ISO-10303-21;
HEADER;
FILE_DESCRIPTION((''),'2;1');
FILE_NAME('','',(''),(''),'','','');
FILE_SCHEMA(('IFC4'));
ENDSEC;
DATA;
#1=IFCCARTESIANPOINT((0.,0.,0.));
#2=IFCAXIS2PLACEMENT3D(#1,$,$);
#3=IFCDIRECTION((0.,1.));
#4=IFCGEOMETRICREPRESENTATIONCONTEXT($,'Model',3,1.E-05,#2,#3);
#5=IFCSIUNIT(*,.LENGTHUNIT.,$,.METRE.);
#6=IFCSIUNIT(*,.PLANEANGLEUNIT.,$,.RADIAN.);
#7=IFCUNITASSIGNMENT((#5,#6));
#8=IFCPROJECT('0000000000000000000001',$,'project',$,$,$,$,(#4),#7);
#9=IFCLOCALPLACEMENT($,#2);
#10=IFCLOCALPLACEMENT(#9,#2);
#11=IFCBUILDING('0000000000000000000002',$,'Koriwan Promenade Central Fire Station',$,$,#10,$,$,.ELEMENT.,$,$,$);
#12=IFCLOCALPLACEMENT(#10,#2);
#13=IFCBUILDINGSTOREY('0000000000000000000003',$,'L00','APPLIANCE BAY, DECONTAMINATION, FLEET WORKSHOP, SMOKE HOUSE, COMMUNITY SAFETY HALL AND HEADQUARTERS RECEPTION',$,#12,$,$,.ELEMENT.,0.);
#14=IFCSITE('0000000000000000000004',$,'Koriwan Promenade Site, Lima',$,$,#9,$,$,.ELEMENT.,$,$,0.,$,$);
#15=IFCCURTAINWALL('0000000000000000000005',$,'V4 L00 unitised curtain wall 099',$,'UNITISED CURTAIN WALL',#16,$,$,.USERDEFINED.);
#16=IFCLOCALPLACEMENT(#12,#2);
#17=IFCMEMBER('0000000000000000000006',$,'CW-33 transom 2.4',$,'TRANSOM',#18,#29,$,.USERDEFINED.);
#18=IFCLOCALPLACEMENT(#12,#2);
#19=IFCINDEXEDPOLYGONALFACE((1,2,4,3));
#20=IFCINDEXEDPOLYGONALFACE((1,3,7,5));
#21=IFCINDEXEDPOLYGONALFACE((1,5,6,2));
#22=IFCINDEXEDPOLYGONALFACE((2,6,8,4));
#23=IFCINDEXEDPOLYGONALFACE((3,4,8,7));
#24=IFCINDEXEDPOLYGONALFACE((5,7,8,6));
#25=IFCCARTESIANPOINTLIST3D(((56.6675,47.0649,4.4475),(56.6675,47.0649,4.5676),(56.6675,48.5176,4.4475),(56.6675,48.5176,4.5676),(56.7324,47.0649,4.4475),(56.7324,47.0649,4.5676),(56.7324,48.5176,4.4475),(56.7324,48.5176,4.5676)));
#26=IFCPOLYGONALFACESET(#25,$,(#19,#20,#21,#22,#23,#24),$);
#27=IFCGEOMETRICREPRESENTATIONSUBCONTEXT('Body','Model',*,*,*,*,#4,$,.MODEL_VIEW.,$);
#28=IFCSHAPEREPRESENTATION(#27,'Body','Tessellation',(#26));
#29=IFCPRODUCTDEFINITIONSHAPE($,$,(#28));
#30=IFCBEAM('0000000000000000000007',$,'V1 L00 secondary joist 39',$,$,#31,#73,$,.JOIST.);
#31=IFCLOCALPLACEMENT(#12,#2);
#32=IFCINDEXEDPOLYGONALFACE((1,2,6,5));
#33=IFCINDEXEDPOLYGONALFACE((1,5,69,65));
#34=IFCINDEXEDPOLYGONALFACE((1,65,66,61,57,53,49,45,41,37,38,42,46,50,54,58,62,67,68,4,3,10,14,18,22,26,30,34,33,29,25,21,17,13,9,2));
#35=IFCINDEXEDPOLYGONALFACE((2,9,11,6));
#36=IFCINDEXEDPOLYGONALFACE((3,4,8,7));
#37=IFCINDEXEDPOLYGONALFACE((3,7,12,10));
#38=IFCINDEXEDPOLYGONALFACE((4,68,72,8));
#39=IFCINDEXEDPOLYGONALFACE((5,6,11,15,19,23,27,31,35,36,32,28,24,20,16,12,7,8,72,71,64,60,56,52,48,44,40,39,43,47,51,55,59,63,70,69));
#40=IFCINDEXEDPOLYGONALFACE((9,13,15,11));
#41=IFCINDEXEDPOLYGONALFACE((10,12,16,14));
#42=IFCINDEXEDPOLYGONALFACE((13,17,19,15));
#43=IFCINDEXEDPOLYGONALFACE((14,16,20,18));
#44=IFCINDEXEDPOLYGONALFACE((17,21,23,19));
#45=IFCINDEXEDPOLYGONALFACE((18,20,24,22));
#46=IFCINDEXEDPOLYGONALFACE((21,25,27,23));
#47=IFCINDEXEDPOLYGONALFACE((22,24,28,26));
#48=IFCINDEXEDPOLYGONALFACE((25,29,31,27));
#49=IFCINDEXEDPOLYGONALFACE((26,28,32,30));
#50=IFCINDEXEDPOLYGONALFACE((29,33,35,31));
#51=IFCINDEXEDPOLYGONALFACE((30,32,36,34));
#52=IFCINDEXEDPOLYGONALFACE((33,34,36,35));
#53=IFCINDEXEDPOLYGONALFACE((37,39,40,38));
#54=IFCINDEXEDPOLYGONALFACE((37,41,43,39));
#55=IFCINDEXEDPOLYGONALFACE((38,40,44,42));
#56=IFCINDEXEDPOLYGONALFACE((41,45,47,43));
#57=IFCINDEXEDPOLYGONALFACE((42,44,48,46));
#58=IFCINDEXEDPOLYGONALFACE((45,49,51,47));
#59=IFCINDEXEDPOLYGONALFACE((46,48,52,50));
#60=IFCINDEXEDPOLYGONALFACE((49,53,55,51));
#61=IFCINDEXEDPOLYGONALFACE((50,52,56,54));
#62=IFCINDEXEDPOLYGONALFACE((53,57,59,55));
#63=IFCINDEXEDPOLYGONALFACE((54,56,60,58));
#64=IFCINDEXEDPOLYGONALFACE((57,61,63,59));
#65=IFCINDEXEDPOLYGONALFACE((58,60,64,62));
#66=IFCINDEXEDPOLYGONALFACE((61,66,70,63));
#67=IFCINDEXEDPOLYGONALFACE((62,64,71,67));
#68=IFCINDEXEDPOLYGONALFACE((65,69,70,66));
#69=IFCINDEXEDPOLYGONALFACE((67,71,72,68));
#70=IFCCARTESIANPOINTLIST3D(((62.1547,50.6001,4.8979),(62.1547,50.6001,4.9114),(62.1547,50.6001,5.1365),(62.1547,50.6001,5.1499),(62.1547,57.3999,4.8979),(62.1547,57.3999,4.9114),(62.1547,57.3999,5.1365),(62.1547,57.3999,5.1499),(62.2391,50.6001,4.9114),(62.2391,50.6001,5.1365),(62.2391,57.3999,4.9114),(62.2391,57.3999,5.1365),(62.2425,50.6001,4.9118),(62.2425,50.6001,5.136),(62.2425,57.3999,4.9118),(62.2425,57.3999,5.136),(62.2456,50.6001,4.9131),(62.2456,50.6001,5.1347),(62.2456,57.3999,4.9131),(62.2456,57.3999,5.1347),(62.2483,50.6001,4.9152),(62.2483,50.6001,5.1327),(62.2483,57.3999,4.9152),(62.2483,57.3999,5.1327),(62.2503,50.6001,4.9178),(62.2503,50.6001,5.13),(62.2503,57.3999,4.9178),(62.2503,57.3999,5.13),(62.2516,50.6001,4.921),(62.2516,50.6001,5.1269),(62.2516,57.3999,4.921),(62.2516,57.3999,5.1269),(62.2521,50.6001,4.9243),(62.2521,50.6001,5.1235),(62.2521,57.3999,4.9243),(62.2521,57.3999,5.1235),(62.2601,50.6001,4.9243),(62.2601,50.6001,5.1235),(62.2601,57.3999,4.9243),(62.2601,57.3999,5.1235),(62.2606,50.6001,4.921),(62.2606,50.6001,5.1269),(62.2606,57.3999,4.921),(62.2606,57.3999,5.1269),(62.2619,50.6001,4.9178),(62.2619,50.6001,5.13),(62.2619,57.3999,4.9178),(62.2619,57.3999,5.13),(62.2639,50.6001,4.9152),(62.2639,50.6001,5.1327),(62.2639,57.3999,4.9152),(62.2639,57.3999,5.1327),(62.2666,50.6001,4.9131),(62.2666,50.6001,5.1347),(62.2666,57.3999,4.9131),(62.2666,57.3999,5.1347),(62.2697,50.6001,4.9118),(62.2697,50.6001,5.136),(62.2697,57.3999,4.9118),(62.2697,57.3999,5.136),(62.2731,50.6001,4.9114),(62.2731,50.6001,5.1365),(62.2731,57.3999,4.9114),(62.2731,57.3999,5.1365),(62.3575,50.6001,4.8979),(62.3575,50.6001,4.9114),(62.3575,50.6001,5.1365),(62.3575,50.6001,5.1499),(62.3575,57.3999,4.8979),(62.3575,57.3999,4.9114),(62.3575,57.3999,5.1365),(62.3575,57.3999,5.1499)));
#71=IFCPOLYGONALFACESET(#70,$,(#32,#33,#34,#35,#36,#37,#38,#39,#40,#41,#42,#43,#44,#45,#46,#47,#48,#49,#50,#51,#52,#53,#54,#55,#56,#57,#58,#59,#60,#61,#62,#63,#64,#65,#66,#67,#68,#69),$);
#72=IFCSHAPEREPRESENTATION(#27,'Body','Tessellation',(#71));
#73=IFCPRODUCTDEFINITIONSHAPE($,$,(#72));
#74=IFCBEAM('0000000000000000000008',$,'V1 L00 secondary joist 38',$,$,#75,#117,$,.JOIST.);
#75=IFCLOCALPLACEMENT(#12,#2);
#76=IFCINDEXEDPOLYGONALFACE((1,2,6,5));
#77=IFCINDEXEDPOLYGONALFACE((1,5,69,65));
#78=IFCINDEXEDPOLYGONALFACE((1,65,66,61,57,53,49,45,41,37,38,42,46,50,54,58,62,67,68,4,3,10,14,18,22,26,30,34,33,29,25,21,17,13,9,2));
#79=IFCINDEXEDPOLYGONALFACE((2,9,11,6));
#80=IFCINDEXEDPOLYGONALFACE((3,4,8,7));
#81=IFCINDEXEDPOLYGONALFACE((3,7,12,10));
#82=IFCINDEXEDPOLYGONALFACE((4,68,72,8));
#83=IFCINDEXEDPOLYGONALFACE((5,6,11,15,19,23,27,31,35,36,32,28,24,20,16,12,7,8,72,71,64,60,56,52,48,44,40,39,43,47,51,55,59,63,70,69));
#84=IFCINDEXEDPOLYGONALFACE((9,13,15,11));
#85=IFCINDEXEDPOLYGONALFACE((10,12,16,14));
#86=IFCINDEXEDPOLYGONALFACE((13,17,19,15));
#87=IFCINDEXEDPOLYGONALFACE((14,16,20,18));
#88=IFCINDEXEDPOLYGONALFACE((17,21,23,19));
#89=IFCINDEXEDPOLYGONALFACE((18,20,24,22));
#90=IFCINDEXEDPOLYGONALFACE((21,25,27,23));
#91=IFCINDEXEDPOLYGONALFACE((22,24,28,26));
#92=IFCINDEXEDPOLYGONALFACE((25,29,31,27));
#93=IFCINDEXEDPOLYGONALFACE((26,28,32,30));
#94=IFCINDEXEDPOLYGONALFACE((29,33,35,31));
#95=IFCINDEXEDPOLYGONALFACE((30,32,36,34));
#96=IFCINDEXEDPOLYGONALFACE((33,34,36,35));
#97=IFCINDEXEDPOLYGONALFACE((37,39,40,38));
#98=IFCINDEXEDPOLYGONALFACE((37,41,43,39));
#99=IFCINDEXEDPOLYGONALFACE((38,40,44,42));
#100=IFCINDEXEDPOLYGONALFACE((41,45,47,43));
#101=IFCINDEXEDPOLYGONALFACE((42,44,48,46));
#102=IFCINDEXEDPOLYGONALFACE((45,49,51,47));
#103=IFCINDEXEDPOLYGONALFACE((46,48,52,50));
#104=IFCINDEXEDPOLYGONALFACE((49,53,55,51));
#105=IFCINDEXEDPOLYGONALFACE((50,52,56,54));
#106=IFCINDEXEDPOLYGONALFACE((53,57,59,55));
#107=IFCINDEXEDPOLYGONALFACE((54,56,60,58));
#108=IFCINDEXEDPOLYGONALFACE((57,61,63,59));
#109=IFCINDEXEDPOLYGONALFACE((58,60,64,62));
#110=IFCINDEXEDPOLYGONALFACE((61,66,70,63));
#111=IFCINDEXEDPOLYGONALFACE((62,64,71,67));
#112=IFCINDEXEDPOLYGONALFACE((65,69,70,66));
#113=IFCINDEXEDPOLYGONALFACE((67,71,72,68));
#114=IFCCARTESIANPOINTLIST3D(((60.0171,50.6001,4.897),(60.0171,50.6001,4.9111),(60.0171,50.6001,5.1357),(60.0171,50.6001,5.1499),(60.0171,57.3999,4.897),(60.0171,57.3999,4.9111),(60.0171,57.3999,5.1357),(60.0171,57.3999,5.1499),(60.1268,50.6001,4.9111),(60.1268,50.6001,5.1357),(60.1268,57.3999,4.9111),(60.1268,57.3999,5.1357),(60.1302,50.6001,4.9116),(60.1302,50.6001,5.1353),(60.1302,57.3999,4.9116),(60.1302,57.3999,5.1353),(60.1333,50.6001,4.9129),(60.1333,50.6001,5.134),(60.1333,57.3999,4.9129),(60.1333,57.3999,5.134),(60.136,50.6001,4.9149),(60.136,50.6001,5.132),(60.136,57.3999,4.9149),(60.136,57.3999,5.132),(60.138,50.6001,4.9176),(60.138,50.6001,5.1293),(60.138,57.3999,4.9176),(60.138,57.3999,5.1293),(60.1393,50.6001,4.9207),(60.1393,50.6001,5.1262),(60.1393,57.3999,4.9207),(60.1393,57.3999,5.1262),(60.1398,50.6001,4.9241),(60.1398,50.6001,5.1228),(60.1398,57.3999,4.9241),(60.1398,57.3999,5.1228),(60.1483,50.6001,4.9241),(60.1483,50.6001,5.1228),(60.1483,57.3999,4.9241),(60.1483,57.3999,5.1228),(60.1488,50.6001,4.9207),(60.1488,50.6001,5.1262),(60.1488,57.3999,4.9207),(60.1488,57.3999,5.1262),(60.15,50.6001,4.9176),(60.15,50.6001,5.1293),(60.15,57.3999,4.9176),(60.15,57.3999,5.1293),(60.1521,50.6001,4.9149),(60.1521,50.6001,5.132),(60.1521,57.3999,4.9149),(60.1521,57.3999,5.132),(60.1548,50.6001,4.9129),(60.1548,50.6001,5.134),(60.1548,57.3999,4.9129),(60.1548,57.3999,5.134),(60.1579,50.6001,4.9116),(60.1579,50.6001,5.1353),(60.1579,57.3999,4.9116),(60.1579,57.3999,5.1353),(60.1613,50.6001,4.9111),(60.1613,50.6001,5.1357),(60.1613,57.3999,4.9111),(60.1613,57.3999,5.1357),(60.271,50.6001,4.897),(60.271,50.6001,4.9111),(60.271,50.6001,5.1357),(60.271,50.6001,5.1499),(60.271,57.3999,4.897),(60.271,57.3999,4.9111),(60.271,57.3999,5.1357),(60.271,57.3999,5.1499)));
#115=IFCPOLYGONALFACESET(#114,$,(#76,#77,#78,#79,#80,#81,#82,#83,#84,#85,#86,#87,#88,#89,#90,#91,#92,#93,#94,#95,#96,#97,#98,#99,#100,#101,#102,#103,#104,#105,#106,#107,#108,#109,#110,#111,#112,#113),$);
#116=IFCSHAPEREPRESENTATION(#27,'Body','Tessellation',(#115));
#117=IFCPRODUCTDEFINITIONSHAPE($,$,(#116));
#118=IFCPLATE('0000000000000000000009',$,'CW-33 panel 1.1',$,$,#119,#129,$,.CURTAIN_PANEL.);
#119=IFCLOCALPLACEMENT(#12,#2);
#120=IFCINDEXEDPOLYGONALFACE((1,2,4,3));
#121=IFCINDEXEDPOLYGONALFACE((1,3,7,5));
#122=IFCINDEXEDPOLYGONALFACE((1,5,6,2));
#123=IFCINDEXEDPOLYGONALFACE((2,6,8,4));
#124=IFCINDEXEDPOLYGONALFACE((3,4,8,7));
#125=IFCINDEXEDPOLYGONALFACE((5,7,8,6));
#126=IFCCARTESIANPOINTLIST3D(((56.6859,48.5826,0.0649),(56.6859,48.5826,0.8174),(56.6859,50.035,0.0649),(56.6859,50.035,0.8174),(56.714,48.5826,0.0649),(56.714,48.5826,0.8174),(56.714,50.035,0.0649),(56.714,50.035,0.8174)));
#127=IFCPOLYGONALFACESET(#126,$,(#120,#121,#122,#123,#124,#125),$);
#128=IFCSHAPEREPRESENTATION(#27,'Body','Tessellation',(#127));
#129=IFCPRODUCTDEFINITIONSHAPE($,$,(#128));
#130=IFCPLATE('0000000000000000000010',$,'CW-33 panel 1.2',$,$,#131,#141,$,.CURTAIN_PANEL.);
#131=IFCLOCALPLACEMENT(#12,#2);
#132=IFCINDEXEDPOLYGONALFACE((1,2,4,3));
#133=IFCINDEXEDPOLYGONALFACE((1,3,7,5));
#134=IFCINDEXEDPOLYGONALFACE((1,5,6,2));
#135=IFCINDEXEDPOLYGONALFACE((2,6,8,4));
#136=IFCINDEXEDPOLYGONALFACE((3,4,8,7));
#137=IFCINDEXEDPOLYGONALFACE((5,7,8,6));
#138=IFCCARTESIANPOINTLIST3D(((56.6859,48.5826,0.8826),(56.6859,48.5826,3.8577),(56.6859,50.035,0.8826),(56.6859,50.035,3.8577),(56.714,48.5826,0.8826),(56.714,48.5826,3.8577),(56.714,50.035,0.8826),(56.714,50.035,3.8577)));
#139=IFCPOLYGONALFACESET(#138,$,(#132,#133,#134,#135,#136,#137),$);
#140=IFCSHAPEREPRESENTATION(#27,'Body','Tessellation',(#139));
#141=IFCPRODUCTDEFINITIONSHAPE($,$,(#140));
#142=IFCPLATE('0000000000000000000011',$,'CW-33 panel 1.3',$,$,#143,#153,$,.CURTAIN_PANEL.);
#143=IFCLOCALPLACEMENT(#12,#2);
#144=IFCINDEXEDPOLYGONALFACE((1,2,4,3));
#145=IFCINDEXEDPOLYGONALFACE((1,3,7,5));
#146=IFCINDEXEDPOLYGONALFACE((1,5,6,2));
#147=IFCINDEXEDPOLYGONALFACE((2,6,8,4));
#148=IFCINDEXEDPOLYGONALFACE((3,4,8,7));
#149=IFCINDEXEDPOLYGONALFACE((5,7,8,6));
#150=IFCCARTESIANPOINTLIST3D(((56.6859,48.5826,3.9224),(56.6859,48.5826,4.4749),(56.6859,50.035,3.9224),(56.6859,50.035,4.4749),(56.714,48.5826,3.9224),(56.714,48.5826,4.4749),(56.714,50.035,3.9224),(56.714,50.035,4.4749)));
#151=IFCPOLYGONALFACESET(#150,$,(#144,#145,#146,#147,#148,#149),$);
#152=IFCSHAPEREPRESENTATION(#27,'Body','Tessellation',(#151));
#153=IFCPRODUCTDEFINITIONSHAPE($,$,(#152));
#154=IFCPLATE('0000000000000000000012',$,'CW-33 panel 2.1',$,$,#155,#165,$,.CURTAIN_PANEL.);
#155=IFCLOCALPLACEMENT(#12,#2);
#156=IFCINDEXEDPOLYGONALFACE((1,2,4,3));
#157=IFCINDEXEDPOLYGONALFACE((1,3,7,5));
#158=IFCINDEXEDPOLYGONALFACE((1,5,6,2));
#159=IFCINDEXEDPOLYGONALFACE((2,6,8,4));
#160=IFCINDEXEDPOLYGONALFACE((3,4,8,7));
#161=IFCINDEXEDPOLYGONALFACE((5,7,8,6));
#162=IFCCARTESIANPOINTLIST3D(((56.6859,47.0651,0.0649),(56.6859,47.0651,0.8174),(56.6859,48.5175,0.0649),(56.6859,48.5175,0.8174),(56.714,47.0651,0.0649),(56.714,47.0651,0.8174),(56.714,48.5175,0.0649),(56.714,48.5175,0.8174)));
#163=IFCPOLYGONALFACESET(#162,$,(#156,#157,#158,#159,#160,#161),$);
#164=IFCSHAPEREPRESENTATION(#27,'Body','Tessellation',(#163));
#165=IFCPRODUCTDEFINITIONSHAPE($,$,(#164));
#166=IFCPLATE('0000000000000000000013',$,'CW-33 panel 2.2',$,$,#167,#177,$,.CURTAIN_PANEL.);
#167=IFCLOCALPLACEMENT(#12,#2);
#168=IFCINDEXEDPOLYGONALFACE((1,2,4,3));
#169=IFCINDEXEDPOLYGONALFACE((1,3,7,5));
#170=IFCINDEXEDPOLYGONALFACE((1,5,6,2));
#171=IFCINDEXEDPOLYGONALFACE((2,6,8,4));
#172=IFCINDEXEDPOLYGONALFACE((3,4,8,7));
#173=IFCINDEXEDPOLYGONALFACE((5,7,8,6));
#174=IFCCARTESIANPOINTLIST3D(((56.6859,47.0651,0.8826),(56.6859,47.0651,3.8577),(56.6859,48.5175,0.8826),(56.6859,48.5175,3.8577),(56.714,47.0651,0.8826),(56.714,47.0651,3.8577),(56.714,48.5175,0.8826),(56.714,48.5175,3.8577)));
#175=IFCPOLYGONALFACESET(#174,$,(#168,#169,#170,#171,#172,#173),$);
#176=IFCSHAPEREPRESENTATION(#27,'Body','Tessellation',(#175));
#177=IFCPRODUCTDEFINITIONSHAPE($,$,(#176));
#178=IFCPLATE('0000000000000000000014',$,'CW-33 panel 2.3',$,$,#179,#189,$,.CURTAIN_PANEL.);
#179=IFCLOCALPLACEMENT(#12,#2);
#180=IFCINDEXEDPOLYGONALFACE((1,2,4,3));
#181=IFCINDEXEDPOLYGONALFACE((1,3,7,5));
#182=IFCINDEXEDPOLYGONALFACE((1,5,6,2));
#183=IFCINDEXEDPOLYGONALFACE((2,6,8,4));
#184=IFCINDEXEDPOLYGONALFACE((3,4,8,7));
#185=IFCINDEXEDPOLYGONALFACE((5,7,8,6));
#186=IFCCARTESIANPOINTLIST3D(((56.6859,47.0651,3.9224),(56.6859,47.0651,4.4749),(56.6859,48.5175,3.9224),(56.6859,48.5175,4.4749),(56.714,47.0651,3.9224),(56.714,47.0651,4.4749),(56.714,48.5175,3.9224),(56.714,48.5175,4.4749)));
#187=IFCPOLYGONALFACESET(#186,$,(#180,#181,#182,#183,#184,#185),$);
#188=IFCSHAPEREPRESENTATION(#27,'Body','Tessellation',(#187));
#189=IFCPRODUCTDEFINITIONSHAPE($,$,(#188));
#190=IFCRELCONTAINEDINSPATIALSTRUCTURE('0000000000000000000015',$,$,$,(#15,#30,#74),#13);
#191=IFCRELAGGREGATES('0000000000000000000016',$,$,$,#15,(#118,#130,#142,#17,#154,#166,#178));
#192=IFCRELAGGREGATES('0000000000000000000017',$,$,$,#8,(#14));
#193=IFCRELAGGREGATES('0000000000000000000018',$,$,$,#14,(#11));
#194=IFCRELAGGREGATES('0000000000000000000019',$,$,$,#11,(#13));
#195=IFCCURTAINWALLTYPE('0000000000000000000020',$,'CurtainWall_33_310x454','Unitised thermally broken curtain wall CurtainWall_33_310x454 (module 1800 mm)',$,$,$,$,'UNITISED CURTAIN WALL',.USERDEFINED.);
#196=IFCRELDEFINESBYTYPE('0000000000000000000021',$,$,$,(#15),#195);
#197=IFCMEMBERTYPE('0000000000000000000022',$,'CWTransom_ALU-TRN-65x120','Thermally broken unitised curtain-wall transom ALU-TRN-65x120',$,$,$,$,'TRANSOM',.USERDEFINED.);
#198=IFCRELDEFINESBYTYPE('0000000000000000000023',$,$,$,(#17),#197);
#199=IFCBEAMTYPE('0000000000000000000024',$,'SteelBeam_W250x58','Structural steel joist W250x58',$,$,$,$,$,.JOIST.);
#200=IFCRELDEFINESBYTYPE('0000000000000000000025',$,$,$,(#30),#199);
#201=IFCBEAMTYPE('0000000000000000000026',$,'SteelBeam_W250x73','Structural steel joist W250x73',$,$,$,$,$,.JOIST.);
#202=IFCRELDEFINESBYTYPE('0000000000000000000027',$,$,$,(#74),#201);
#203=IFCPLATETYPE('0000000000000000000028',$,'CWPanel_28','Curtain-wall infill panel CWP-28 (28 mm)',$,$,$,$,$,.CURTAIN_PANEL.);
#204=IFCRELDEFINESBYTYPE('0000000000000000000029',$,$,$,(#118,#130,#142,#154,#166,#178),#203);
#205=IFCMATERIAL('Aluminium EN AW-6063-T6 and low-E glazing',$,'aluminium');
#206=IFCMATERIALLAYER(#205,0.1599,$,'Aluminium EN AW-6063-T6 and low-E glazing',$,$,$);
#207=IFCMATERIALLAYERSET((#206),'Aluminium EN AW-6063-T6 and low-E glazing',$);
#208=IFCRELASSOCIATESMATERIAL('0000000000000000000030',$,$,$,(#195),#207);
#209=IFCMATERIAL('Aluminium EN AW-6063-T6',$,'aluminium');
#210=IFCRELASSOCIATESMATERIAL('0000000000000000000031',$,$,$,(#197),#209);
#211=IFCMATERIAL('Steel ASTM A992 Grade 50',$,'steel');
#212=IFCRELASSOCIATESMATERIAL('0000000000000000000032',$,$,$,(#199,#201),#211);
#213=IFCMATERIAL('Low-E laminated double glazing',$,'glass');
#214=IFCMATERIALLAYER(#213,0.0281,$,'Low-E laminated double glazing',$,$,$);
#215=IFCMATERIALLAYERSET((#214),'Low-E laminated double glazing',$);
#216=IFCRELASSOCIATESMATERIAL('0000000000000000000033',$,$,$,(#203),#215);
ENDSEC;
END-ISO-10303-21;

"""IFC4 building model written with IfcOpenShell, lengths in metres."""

from ifc_helpers import new_model, si_unit, direction, frame, origin, origin_2d, place, context, subcontext, project, spatial, rectangle, i_section, extrude, material, layer, layer_set, material_profile, profile_set, type_object, element, aggregate, save


model = new_model("IFC4")

# Units and contexts
model_context = context("Model", 3, precision=1e-05, world=origin(), true_north=direction((0.0, 1.0)))
body_context = subcontext(model_context, "Body", "Model", "MODEL_VIEW")
ifc_project = project(units=[si_unit("LENGTHUNIT", "METRE"), si_unit("PLANEANGLEUNIT", "RADIAN")], contexts=[model_context])

# Site, building, storey
site_placement = place(None, origin())
site = spatial("IfcSite", under=ifc_project, at=site_placement, Name="Koriwan Promenade Site, Lima", CompositionType="ELEMENT", RefElevation=0.0)
building_placement = place(site_placement, origin())
building = spatial("IfcBuilding", under=site, at=building_placement, Name="Koriwan Promenade Central Fire Station", CompositionType="ELEMENT")
storey_placement = place(building_placement, origin())
storey = spatial("IfcBuildingStorey", under=building, at=storey_placement, Name="L00", Description="APPLIANCE BAY, DECONTAMINATION, FLEET WORKSHOP, SMOKE HOUSE, COMMUNITY SAFETY HALL AND HEADQUARTERS RECEPTION", CompositionType="ELEMENT", Elevation=0.0)

# Curtain wall, member
ifc_material_1 = material(Name="Aluminium EN AW-6063-T6 and low-E glazing", Category="aluminium")
ifc_layer_1 = layer(ifc_material_1, 0.1599, Name="Aluminium EN AW-6063-T6 and low-E glazing")
ifc_layer_set_1 = layer_set([ifc_layer_1], Name="Aluminium EN AW-6063-T6 and low-E glazing")
curtain_wall_type = type_object("IfcCurtainWallType", Name="CurtainWall_33_310x454", Description="Unitised thermally broken curtain wall CurtainWall_33_310x454 (module 1800 mm)", ElementType="UNITISED CURTAIN WALL", PredefinedType="USERDEFINED", material=ifc_layer_set_1)
curtain_wall_placement = place(storey_placement, origin())
curtain_wall = element("IfcCurtainWall", 1, at=curtain_wall_placement, inside=storey, type_object=curtain_wall_type, Name="V4 L00 unitised curtain wall 099", ObjectType="UNITISED CURTAIN WALL", PredefinedType="USERDEFINED")
ifc_material_2 = material(Name="Aluminium EN AW-6063-T6", Category="aluminium")
ifc_material_profile_1 = material_profile(ifc_material_2, rectangle(XDim=0.0649, YDim=0.1201, at=origin_2d()), Name="ALU-TRN-65x120")
ifc_profile_set_1 = profile_set([ifc_material_profile_1], Name="Aluminium EN AW-6063-T6")
member_type_1 = type_object("IfcMemberType", Name="CWTransom_ALU-TRN-65x120", Description="Thermally broken unitised curtain-wall transom ALU-TRN-65x120", ElementType="TRANSOM", PredefinedType="USERDEFINED", material=ifc_profile_set_1)
member_1_placement = place(storey_placement, frame((56.7, 48.5176, 4.5076), z_axis=(0.0, -1.0, 0.0), x_axis=(1.0, 0.0, 0.0)))
member_1 = element("IfcMember", 2, at=member_1_placement, type_object=member_type_1, Name="CW-33 transom 2.4", ObjectType="TRANSOM", PredefinedType="USERDEFINED", context=body_context, shape_type="SweptSolid", body=[
    extrude(rectangle(XDim=0.0649, YDim=0.1201, at=origin_2d()), origin(), (0.0, 0.0, 1.0), 1.4526),
])

# Beams
ifc_material_3 = material(Name="Steel ASTM A992 Grade 50", Category="steel")
ifc_material_profile_2 = material_profile(ifc_material_3, i_section(OverallWidth=0.2029, OverallDepth=0.252, WebThickness=0.0081, FlangeThickness=0.0134, FilletRadius=0.0129, at=origin_2d()), Name="W250x58")
ifc_profile_set_2 = profile_set([ifc_material_profile_2], Name="Steel ASTM A992 Grade 50")
beam_type_1 = type_object("IfcBeamType", Name="SteelBeam_W250x58", Description="Structural steel joist W250x58", PredefinedType="JOIST", material=ifc_profile_set_2)
beam_1_placement = place(storey_placement, frame((62.2561, 50.6001, 5.0239), z_axis=(0.0, 1.0, 0.0), x_axis=(-1.0, 0.0, 0.0)))
element("IfcBeam", 3, at=beam_1_placement, inside=storey, type_object=beam_type_1, Name="V1 L00 secondary joist 39", PredefinedType="JOIST", context=body_context, shape_type="SweptSolid", body=[
    extrude(i_section(OverallWidth=0.2029, OverallDepth=0.252, WebThickness=0.0081, FlangeThickness=0.0134, FilletRadius=0.0129, at=origin_2d()), origin(), (0.0, 0.0, 1.0), 6.7998),
])
ifc_material_profile_3 = material_profile(ifc_material_3, i_section(OverallWidth=0.2539, OverallDepth=0.2529, WebThickness=0.0085, FlangeThickness=0.0142, FilletRadius=0.0129, at=origin_2d()), Name="W250x73")
ifc_profile_set_3 = profile_set([ifc_material_profile_3], Name="Steel ASTM A992 Grade 50")
beam_type_2 = type_object("IfcBeamType", Name="SteelBeam_W250x73", Description="Structural steel joist W250x73", PredefinedType="JOIST", material=ifc_profile_set_3)
beam_2_placement = place(storey_placement, frame((60.144, 50.6001, 5.0234), z_axis=(0.0, 1.0, 0.0), x_axis=(-1.0, 0.0, 0.0)))
element("IfcBeam", 4, at=beam_2_placement, inside=storey, type_object=beam_type_2, Name="V1 L00 secondary joist 38", PredefinedType="JOIST", context=body_context, shape_type="SweptSolid", body=[
    extrude(i_section(OverallWidth=0.2539, OverallDepth=0.2529, WebThickness=0.0085, FlangeThickness=0.0142, FilletRadius=0.0129, at=origin_2d()), origin(), (0.0, 0.0, 1.0), 6.7998),
])

# Plates
ifc_material_4 = material(Name="Low-E laminated double glazing", Category="glass")
ifc_layer_2 = layer(ifc_material_4, 0.0281, Name="Low-E laminated double glazing")
ifc_layer_set_2 = layer_set([ifc_layer_2], Name="Low-E laminated double glazing")
plate_type = type_object("IfcPlateType", Name="CWPanel_28", Description="Curtain-wall infill panel CWP-28 (28 mm)", PredefinedType="CURTAIN_PANEL", material=ifc_layer_set_2)
plate_1_placement = place(storey_placement, frame((56.7, 49.3088, 0.0649), z_axis=(0.0, 0.0, 1.0), x_axis=(0.0, -1.0, 0.0)))
plate_1 = element("IfcPlate", 5, at=plate_1_placement, type_object=plate_type, Name="CW-33 panel 1.1", PredefinedType="CURTAIN_PANEL", context=body_context, shape_type="SweptSolid", body=[
    extrude(rectangle(XDim=1.4524, YDim=0.0281, at=origin_2d()), origin(), (0.0, 0.0, 1.0), 0.7524),
])
plate_2_placement = place(storey_placement, frame((56.7, 49.3088, 0.8826), z_axis=(0.0, 0.0, 1.0), x_axis=(0.0, -1.0, 0.0)))
plate_2 = element("IfcPlate", 6, at=plate_2_placement, type_object=plate_type, Name="CW-33 panel 1.2", PredefinedType="CURTAIN_PANEL", context=body_context, shape_type="SweptSolid", body=[
    extrude(rectangle(XDim=1.4524, YDim=0.0281, at=origin_2d()), origin(), (0.0, 0.0, 1.0), 2.9751),
])
plate_3_placement = place(storey_placement, frame((56.7, 49.3088, 3.9224), z_axis=(0.0, 0.0, 1.0), x_axis=(0.0, -1.0, 0.0)))
plate_3 = element("IfcPlate", 7, at=plate_3_placement, type_object=plate_type, Name="CW-33 panel 1.3", PredefinedType="CURTAIN_PANEL", context=body_context, shape_type="SweptSolid", body=[
    extrude(rectangle(XDim=1.4524, YDim=0.0281, at=origin_2d()), origin(), (0.0, 0.0, 1.0), 0.5525),
])
plate_4_placement = place(storey_placement, frame((56.7, 47.7913, 0.0649), z_axis=(0.0, 0.0, 1.0), x_axis=(0.0, -1.0, 0.0)))
plate_4 = element("IfcPlate", 8, at=plate_4_placement, type_object=plate_type, Name="CW-33 panel 2.1", PredefinedType="CURTAIN_PANEL", context=body_context, shape_type="SweptSolid", body=[
    extrude(rectangle(XDim=1.4524, YDim=0.0281, at=origin_2d()), origin(), (0.0, 0.0, 1.0), 0.7524),
])
plate_5_placement = place(storey_placement, frame((56.7, 47.7913, 0.8826), z_axis=(0.0, 0.0, 1.0), x_axis=(0.0, -1.0, 0.0)))
plate_5 = element("IfcPlate", 9, at=plate_5_placement, type_object=plate_type, Name="CW-33 panel 2.2", PredefinedType="CURTAIN_PANEL", context=body_context, shape_type="SweptSolid", body=[
    extrude(rectangle(XDim=1.4524, YDim=0.0281, at=origin_2d()), origin(), (0.0, 0.0, 1.0), 2.9751),
])
plate_6_placement = place(storey_placement, frame((56.7, 47.7913, 3.9224), z_axis=(0.0, 0.0, 1.0), x_axis=(0.0, -1.0, 0.0)))
plate_6 = element("IfcPlate", 10, at=plate_6_placement, type_object=plate_type, Name="CW-33 panel 2.3", PredefinedType="CURTAIN_PANEL", context=body_context, shape_type="SweptSolid", body=[
    extrude(rectangle(XDim=1.4524, YDim=0.0281, at=origin_2d()), origin(), (0.0, 0.0, 1.0), 0.5525),
])
aggregate(curtain_wall, [plate_1, plate_2, plate_3, member_1, plate_4, plate_5, plate_6])

save(model, "model.ifc")
